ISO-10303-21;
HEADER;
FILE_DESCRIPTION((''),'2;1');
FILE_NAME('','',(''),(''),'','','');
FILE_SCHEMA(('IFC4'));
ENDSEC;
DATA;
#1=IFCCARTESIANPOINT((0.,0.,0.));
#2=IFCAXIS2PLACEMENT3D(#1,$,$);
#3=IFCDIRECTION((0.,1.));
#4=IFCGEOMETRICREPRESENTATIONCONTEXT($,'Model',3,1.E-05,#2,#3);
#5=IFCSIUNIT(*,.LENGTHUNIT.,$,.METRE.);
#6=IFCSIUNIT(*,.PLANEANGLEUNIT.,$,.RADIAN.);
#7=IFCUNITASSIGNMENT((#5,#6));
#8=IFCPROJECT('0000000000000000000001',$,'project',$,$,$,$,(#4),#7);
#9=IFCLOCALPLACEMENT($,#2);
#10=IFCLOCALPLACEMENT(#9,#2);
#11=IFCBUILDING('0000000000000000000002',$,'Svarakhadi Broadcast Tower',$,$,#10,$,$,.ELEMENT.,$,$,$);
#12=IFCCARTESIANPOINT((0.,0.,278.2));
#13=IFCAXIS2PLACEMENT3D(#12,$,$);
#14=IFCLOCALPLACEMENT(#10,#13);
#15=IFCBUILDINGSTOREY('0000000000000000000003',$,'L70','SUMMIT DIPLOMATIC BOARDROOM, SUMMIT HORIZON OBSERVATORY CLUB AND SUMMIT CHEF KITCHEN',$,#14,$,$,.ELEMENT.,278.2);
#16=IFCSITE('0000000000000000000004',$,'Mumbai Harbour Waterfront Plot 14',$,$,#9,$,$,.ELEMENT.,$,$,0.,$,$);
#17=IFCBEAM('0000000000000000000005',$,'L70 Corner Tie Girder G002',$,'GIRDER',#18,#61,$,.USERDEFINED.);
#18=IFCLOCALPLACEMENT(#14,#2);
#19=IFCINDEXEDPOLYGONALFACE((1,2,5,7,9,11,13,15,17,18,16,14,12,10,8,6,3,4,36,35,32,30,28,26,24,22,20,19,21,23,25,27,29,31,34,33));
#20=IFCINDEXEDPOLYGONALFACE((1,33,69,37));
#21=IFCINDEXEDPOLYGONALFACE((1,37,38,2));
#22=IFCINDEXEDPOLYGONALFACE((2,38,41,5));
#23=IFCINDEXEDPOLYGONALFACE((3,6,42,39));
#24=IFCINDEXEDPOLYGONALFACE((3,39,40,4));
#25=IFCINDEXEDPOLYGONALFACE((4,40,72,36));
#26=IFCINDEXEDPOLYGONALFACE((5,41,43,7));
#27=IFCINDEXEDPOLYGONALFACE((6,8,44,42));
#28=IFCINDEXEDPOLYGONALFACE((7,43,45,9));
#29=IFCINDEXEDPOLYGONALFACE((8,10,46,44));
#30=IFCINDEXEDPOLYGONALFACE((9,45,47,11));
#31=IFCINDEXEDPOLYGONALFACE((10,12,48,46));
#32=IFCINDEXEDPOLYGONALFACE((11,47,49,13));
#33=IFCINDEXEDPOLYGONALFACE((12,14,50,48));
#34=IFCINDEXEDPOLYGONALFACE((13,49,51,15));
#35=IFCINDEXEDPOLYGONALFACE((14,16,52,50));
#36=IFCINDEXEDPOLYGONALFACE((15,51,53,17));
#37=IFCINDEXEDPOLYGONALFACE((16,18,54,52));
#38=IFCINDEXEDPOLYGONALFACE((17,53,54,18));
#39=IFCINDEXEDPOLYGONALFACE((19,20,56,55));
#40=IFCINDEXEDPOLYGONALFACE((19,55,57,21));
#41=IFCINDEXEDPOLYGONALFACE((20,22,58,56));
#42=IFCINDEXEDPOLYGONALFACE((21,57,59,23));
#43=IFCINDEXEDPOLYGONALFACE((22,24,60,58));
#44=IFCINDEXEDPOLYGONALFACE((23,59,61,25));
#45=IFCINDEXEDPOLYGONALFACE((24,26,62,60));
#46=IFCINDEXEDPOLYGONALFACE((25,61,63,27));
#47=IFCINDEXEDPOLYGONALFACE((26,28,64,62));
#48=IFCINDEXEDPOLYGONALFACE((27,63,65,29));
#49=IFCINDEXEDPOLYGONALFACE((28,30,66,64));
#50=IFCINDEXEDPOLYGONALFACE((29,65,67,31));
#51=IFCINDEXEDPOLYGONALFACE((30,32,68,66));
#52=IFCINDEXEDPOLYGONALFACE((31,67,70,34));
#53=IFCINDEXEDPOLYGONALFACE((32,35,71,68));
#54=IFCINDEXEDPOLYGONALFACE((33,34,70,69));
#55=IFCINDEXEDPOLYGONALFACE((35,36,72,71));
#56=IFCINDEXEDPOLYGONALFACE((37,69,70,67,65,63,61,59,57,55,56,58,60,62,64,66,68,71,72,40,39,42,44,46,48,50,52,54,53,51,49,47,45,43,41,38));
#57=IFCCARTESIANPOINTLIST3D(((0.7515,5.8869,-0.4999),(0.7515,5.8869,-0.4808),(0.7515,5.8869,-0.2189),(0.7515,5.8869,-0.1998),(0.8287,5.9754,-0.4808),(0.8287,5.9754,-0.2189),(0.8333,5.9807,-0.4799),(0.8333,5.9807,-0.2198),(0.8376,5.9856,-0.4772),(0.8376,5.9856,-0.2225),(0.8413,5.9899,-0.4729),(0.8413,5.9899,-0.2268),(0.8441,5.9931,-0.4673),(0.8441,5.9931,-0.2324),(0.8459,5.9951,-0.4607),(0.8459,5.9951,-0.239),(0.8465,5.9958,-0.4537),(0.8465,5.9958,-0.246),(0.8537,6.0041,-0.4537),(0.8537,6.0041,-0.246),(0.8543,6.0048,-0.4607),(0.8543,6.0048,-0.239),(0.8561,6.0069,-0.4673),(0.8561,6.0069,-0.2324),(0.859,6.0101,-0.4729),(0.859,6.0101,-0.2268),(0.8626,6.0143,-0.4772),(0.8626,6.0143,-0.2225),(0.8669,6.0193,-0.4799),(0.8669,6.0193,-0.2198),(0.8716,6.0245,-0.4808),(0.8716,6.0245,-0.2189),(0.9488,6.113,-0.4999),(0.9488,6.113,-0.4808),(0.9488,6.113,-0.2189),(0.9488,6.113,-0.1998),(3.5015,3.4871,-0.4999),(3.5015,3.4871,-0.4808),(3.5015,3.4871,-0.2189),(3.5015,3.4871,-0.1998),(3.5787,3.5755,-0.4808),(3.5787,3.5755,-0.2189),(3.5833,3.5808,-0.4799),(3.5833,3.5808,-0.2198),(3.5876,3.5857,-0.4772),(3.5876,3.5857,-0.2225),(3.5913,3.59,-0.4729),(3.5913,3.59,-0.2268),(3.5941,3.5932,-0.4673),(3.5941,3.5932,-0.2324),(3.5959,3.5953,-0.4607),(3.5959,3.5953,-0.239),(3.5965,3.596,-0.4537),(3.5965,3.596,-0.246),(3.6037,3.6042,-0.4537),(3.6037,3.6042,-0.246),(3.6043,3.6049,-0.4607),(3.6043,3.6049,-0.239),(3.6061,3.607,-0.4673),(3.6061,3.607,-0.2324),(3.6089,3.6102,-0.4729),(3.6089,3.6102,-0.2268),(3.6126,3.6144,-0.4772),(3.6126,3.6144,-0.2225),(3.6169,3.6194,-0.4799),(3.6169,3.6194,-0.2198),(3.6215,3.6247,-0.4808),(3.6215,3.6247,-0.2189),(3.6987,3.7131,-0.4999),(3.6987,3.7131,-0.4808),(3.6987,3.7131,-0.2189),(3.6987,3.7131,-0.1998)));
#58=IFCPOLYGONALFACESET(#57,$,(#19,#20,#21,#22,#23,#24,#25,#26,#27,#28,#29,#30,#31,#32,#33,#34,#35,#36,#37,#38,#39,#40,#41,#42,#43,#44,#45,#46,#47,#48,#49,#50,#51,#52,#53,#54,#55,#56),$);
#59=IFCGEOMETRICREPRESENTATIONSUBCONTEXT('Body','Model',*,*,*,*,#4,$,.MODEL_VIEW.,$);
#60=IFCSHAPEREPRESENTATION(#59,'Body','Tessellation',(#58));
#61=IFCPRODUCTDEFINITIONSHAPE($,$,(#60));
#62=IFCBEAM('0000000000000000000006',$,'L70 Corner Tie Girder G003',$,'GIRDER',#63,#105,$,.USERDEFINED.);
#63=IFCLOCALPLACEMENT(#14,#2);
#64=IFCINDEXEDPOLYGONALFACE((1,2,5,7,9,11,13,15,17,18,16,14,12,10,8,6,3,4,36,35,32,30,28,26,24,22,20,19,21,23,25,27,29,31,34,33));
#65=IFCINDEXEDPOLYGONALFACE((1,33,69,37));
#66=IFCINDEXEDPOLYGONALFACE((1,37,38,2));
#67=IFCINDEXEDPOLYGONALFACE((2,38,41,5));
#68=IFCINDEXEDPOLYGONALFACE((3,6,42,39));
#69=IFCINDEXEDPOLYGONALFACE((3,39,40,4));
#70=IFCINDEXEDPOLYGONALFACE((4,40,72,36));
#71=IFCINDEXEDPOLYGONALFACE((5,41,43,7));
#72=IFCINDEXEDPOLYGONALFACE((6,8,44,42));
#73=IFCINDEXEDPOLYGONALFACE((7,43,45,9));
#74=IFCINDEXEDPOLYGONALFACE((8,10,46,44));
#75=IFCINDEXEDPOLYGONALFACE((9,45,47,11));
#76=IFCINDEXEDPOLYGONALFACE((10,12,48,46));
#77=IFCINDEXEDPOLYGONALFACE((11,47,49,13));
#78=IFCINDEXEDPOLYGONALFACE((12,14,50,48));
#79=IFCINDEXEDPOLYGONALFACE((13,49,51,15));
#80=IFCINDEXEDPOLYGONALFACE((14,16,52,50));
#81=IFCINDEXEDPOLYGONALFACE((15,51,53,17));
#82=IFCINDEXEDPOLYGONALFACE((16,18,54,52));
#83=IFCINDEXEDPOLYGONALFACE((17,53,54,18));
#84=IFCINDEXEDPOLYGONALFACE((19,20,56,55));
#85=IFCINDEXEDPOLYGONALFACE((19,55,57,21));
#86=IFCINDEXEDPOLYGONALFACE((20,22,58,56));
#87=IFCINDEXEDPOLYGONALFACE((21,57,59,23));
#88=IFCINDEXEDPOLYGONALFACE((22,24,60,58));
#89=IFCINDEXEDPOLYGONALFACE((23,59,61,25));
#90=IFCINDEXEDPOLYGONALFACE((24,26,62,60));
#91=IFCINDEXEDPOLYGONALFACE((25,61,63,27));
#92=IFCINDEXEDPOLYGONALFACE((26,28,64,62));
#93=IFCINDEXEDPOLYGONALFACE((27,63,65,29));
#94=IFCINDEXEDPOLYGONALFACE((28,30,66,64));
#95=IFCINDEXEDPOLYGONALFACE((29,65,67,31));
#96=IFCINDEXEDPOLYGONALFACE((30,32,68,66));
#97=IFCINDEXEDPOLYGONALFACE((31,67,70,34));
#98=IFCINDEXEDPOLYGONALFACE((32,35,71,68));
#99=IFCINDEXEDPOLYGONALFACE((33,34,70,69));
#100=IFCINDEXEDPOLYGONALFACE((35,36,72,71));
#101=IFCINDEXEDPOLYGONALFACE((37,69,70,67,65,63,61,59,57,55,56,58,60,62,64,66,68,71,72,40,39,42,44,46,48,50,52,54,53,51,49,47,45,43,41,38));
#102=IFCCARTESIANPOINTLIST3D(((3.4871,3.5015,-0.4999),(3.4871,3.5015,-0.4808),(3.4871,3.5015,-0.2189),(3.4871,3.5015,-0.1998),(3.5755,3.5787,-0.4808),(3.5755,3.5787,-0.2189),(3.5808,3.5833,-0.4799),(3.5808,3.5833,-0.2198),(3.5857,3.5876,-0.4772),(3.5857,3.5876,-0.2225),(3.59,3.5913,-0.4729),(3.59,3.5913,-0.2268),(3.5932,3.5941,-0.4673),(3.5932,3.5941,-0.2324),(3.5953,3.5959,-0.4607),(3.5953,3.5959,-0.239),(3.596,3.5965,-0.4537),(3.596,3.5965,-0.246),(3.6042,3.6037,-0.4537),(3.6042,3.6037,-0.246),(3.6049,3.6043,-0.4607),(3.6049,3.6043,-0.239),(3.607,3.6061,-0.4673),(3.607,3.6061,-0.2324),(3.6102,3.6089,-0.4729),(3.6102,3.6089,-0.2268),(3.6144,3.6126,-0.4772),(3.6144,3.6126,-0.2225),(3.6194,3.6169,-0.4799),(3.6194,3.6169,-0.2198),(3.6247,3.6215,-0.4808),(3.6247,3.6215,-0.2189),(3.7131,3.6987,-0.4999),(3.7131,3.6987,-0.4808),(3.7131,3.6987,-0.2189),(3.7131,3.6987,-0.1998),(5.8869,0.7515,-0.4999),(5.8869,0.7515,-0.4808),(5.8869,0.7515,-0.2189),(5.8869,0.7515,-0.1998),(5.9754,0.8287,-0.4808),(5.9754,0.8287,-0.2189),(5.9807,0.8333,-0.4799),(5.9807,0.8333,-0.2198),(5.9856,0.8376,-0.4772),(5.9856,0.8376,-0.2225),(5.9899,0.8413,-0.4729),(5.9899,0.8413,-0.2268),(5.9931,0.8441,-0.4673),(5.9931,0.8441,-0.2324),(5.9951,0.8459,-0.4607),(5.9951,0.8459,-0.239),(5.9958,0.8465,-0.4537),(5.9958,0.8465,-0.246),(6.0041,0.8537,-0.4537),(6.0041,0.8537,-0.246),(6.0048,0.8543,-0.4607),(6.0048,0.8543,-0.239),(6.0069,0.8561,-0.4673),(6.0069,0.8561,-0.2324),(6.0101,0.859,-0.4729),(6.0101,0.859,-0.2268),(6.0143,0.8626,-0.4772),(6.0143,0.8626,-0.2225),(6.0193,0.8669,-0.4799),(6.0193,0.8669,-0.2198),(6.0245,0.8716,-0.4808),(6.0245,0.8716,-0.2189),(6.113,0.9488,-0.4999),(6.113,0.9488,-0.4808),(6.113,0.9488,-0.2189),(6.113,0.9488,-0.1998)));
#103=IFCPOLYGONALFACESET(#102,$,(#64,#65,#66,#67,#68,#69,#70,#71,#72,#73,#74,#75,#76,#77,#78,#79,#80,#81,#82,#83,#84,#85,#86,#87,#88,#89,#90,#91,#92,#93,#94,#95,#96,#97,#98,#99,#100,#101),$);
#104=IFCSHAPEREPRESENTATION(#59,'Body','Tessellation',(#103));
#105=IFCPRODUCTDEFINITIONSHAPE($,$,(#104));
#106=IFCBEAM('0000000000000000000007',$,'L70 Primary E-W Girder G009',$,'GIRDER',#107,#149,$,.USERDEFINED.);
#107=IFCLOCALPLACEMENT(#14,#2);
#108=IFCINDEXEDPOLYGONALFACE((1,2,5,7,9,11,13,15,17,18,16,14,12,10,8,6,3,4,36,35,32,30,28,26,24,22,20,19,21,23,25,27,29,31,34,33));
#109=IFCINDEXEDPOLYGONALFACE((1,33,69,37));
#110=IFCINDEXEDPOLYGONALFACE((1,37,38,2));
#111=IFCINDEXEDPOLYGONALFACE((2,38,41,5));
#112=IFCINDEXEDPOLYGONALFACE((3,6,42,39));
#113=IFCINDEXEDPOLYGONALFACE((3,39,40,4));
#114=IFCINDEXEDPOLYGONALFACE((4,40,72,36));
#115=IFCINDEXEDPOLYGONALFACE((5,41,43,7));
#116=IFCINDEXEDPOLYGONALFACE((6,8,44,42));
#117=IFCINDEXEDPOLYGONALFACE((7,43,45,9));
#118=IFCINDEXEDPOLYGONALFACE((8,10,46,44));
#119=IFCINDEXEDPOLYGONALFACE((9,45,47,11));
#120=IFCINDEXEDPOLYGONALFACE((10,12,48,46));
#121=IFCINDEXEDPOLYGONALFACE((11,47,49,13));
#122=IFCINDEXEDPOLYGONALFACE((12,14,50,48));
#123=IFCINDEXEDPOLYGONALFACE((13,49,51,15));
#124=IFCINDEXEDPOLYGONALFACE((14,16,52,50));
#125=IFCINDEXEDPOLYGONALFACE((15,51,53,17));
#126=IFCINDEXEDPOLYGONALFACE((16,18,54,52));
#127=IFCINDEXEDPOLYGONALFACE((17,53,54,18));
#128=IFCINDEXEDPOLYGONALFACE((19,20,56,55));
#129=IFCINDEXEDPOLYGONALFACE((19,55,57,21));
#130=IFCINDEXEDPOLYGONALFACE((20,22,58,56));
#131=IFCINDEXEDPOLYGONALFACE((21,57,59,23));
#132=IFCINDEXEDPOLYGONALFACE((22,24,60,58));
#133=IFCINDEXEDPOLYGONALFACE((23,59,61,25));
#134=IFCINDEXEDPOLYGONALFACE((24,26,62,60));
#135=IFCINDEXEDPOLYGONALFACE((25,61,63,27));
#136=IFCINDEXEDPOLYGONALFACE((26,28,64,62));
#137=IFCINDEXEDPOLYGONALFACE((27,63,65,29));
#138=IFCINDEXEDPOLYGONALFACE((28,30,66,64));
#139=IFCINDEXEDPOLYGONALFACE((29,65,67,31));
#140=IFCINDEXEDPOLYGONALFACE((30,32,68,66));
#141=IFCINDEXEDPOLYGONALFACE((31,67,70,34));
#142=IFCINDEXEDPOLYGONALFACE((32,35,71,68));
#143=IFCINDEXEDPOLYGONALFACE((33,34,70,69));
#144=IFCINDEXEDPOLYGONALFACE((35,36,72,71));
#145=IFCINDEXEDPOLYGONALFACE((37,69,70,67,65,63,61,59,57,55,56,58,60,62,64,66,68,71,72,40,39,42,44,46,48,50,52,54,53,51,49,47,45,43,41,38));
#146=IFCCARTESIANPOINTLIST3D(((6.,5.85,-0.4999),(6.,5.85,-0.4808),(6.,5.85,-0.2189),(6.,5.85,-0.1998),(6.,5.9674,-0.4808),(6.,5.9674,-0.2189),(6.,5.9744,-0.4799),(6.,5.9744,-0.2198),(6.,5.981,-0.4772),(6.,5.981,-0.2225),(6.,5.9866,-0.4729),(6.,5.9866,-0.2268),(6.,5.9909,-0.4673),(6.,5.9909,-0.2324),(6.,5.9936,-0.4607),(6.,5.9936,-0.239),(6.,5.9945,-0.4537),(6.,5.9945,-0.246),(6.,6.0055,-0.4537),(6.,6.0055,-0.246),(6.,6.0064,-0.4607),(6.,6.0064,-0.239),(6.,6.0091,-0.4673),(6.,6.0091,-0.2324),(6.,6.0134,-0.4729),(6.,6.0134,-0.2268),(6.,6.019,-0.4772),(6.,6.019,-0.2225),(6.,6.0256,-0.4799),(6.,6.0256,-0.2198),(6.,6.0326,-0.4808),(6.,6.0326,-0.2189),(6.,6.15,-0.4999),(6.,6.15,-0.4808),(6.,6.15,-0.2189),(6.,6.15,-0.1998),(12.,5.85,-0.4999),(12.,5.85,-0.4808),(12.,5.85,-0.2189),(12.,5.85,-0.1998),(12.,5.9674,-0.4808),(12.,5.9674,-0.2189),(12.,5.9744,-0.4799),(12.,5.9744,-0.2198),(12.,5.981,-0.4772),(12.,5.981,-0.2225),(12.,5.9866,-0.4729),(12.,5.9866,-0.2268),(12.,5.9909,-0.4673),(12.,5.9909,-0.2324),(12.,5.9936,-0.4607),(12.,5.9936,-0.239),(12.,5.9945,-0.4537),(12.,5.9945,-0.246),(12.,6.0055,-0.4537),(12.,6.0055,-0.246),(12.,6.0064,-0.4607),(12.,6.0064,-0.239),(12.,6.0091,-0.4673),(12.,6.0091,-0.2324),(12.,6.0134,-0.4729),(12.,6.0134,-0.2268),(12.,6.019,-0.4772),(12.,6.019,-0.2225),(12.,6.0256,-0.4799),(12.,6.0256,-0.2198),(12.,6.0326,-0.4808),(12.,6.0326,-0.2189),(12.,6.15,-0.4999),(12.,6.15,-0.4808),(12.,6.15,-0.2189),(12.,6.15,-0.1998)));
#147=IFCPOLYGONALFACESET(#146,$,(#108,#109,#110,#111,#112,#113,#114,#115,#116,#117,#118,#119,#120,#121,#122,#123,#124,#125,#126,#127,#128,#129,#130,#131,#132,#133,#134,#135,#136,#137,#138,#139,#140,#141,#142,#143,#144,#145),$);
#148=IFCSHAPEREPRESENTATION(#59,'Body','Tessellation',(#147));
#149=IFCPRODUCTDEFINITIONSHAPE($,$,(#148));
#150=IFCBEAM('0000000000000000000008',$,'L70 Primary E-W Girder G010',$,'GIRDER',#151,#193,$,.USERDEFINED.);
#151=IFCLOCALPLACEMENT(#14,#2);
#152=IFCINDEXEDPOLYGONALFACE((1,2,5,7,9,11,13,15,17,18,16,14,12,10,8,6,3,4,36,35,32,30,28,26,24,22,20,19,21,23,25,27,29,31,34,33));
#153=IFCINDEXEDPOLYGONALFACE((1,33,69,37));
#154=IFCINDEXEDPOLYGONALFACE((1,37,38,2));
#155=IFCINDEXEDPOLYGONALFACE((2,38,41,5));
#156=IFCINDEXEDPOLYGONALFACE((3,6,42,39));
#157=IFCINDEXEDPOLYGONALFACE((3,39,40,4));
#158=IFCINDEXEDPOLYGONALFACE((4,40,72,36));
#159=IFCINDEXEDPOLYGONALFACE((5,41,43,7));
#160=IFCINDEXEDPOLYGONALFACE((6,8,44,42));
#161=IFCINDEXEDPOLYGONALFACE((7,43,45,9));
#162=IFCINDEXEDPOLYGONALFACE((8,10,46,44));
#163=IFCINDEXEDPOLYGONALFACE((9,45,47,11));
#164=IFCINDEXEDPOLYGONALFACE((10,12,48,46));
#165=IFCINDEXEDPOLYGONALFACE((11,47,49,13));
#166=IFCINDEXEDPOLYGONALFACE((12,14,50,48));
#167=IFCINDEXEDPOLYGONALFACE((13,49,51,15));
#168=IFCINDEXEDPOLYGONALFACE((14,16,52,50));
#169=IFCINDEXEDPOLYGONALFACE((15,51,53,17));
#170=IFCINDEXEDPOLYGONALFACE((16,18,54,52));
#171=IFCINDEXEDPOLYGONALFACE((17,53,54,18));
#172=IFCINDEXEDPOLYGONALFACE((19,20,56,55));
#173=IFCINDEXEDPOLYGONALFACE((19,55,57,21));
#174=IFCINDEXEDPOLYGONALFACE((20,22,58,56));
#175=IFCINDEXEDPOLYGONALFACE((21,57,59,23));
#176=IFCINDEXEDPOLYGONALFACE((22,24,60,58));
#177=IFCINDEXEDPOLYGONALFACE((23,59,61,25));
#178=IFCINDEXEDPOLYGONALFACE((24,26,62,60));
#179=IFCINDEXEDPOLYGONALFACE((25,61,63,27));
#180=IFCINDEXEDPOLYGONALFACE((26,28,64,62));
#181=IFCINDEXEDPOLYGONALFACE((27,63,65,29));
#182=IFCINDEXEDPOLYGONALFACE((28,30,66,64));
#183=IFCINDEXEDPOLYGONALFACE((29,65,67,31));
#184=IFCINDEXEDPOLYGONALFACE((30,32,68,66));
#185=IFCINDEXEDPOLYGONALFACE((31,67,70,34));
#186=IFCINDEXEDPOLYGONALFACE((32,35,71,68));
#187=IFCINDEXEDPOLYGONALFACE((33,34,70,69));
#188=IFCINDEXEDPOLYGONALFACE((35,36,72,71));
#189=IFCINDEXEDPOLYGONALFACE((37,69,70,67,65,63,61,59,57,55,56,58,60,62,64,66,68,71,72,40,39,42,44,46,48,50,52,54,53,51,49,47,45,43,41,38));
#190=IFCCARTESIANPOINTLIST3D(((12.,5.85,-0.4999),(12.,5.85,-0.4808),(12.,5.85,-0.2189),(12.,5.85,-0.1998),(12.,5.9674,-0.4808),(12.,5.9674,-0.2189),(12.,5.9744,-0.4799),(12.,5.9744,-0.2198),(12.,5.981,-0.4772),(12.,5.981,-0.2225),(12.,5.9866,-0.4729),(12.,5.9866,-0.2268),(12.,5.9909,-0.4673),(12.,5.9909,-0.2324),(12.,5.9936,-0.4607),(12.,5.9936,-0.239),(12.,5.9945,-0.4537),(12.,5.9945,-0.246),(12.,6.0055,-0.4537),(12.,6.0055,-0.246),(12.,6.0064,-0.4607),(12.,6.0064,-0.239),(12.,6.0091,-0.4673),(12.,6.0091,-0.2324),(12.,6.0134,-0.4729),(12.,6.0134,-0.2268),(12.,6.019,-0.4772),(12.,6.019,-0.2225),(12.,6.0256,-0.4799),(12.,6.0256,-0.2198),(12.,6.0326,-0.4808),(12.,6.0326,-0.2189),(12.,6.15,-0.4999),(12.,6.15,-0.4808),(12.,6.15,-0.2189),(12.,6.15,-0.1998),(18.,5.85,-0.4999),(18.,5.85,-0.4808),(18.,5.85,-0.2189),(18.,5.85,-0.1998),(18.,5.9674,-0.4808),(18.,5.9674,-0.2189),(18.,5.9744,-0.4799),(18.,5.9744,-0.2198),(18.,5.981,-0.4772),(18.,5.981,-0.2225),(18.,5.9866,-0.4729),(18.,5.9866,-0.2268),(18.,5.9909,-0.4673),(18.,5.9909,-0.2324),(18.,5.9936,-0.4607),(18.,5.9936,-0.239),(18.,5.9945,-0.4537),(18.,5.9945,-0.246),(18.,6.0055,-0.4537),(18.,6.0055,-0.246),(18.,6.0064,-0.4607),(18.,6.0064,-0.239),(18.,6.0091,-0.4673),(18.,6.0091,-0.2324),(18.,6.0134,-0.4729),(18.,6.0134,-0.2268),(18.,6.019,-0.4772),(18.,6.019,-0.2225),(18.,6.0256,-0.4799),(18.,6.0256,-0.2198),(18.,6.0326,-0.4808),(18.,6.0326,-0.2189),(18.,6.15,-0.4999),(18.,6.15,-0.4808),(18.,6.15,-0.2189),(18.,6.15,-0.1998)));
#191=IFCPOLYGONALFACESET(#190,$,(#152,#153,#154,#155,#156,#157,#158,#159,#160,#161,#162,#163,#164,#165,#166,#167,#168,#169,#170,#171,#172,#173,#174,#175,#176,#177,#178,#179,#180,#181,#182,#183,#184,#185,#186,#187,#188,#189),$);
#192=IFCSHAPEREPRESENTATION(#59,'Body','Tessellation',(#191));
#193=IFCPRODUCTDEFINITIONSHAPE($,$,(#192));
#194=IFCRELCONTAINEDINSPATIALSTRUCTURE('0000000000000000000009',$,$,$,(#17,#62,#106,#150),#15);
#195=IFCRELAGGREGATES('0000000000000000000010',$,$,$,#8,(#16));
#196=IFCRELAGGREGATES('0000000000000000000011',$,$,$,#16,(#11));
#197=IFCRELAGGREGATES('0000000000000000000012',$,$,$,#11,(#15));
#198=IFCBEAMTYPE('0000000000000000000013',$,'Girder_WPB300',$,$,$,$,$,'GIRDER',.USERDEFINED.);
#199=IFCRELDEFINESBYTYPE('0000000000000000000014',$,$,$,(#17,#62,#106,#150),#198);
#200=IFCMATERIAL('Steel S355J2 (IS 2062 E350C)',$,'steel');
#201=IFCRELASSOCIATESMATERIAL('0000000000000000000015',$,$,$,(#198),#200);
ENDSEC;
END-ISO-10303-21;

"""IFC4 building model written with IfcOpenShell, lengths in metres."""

from ifc_helpers import new_model, si_unit, direction, frame, origin, origin_2d, place, context, subcontext, project, spatial, i_section, extrude, material, material_profile, profile_set, type_object, element, save


model = new_model("IFC4")

# Units and contexts
model_context = context("Model", 3, precision=1e-05, world=origin(), true_north=direction((0.0, 1.0)))
body_context = subcontext(model_context, "Body", "Model", "MODEL_VIEW")
ifc_project = project(units=[si_unit("LENGTHUNIT", "METRE"), si_unit("PLANEANGLEUNIT", "RADIAN")], contexts=[model_context])

# Site, building, storey
site_placement = place(None, origin())
site = spatial("IfcSite", under=ifc_project, at=site_placement, Name="Mumbai Harbour Waterfront Plot 14", CompositionType="ELEMENT", RefElevation=0.0)
building_placement = place(site_placement, origin())
building = spatial("IfcBuilding", under=site, at=building_placement, Name="Svarakhadi Broadcast Tower", CompositionType="ELEMENT")
storey_placement = place(building_placement, frame((0.0, 0.0, 278.2)))
storey = spatial("IfcBuildingStorey", under=building, at=storey_placement, Name="L70", Description="SUMMIT DIPLOMATIC BOARDROOM, SUMMIT HORIZON OBSERVATORY CLUB AND SUMMIT CHEF KITCHEN", CompositionType="ELEMENT", Elevation=278.2)

# Shared definitions
ifc_material_1 = material(Name="Steel S355J2 (IS 2062 E350C)", Category="steel")

# Beams
ifc_material_profile_1 = material_profile(ifc_material_1, i_section(OverallWidth=0.3, OverallDepth=0.3, WebThickness=0.011, FlangeThickness=0.019, FilletRadius=0.0271, at=origin_2d()), Name="WPB 300x300x117")
ifc_profile_set_1 = profile_set([ifc_material_profile_1], Name="Steel S355J2 (IS 2062 E350C)")
beam_type_1 = type_object("IfcBeamType", Name="Girder_WPB300", ElementType="GIRDER", PredefinedType="USERDEFINED", material=ifc_profile_set_1)
for number, where, z_axis, x_axis, name in (
    (1, (3.6001, 3.6001, -0.3499), (-0.753438, 0.657519, 0.0), (-0.657519, -0.753438, 0.0), "L70 Corner Tie Girder G002"),
    (2, (3.6001, 3.6001, -0.3499), (0.657519, -0.753438, 0.0), (0.753438, 0.657519, 0.0), "L70 Corner Tie Girder G003"),
):
    element("IfcBeam", number, at=place(storey_placement, frame(where, z_axis=z_axis, x_axis=x_axis)), inside=storey, type_object=beam_type_1, Name=name, ObjectType="GIRDER", PredefinedType="USERDEFINED", context=body_context, shape_type="SweptSolid", body=[
        extrude(i_section(OverallWidth=0.3, OverallDepth=0.3, WebThickness=0.011, FlangeThickness=0.019, FilletRadius=0.0271, at=origin_2d()), origin(), (0.0, 0.0, 1.0), 3.6499),
    ])
for number, where, z_axis, x_axis, name in (
    (3, (6.0, 6.0, -0.3499), (1.0, 0.0, 0.0), (0.0, 1.0, 0.0), "L70 Primary E-W Girder G009"),
    (4, (12.0, 6.0, -0.3499), (1.0, 0.0, 0.0), (0.0, 1.0, 0.0), "L70 Primary E-W Girder G010"),
):
    element("IfcBeam", number, at=place(storey_placement, frame(where, z_axis=z_axis, x_axis=x_axis)), inside=storey, type_object=beam_type_1, Name=name, ObjectType="GIRDER", PredefinedType="USERDEFINED", context=body_context, shape_type="SweptSolid", body=[
        extrude(i_section(OverallWidth=0.3, OverallDepth=0.3, WebThickness=0.011, FlangeThickness=0.019, FilletRadius=0.0271, at=origin_2d()), origin(), (0.0, 0.0, 1.0), 6.0),
    ])

save(model, "model.ifc")
